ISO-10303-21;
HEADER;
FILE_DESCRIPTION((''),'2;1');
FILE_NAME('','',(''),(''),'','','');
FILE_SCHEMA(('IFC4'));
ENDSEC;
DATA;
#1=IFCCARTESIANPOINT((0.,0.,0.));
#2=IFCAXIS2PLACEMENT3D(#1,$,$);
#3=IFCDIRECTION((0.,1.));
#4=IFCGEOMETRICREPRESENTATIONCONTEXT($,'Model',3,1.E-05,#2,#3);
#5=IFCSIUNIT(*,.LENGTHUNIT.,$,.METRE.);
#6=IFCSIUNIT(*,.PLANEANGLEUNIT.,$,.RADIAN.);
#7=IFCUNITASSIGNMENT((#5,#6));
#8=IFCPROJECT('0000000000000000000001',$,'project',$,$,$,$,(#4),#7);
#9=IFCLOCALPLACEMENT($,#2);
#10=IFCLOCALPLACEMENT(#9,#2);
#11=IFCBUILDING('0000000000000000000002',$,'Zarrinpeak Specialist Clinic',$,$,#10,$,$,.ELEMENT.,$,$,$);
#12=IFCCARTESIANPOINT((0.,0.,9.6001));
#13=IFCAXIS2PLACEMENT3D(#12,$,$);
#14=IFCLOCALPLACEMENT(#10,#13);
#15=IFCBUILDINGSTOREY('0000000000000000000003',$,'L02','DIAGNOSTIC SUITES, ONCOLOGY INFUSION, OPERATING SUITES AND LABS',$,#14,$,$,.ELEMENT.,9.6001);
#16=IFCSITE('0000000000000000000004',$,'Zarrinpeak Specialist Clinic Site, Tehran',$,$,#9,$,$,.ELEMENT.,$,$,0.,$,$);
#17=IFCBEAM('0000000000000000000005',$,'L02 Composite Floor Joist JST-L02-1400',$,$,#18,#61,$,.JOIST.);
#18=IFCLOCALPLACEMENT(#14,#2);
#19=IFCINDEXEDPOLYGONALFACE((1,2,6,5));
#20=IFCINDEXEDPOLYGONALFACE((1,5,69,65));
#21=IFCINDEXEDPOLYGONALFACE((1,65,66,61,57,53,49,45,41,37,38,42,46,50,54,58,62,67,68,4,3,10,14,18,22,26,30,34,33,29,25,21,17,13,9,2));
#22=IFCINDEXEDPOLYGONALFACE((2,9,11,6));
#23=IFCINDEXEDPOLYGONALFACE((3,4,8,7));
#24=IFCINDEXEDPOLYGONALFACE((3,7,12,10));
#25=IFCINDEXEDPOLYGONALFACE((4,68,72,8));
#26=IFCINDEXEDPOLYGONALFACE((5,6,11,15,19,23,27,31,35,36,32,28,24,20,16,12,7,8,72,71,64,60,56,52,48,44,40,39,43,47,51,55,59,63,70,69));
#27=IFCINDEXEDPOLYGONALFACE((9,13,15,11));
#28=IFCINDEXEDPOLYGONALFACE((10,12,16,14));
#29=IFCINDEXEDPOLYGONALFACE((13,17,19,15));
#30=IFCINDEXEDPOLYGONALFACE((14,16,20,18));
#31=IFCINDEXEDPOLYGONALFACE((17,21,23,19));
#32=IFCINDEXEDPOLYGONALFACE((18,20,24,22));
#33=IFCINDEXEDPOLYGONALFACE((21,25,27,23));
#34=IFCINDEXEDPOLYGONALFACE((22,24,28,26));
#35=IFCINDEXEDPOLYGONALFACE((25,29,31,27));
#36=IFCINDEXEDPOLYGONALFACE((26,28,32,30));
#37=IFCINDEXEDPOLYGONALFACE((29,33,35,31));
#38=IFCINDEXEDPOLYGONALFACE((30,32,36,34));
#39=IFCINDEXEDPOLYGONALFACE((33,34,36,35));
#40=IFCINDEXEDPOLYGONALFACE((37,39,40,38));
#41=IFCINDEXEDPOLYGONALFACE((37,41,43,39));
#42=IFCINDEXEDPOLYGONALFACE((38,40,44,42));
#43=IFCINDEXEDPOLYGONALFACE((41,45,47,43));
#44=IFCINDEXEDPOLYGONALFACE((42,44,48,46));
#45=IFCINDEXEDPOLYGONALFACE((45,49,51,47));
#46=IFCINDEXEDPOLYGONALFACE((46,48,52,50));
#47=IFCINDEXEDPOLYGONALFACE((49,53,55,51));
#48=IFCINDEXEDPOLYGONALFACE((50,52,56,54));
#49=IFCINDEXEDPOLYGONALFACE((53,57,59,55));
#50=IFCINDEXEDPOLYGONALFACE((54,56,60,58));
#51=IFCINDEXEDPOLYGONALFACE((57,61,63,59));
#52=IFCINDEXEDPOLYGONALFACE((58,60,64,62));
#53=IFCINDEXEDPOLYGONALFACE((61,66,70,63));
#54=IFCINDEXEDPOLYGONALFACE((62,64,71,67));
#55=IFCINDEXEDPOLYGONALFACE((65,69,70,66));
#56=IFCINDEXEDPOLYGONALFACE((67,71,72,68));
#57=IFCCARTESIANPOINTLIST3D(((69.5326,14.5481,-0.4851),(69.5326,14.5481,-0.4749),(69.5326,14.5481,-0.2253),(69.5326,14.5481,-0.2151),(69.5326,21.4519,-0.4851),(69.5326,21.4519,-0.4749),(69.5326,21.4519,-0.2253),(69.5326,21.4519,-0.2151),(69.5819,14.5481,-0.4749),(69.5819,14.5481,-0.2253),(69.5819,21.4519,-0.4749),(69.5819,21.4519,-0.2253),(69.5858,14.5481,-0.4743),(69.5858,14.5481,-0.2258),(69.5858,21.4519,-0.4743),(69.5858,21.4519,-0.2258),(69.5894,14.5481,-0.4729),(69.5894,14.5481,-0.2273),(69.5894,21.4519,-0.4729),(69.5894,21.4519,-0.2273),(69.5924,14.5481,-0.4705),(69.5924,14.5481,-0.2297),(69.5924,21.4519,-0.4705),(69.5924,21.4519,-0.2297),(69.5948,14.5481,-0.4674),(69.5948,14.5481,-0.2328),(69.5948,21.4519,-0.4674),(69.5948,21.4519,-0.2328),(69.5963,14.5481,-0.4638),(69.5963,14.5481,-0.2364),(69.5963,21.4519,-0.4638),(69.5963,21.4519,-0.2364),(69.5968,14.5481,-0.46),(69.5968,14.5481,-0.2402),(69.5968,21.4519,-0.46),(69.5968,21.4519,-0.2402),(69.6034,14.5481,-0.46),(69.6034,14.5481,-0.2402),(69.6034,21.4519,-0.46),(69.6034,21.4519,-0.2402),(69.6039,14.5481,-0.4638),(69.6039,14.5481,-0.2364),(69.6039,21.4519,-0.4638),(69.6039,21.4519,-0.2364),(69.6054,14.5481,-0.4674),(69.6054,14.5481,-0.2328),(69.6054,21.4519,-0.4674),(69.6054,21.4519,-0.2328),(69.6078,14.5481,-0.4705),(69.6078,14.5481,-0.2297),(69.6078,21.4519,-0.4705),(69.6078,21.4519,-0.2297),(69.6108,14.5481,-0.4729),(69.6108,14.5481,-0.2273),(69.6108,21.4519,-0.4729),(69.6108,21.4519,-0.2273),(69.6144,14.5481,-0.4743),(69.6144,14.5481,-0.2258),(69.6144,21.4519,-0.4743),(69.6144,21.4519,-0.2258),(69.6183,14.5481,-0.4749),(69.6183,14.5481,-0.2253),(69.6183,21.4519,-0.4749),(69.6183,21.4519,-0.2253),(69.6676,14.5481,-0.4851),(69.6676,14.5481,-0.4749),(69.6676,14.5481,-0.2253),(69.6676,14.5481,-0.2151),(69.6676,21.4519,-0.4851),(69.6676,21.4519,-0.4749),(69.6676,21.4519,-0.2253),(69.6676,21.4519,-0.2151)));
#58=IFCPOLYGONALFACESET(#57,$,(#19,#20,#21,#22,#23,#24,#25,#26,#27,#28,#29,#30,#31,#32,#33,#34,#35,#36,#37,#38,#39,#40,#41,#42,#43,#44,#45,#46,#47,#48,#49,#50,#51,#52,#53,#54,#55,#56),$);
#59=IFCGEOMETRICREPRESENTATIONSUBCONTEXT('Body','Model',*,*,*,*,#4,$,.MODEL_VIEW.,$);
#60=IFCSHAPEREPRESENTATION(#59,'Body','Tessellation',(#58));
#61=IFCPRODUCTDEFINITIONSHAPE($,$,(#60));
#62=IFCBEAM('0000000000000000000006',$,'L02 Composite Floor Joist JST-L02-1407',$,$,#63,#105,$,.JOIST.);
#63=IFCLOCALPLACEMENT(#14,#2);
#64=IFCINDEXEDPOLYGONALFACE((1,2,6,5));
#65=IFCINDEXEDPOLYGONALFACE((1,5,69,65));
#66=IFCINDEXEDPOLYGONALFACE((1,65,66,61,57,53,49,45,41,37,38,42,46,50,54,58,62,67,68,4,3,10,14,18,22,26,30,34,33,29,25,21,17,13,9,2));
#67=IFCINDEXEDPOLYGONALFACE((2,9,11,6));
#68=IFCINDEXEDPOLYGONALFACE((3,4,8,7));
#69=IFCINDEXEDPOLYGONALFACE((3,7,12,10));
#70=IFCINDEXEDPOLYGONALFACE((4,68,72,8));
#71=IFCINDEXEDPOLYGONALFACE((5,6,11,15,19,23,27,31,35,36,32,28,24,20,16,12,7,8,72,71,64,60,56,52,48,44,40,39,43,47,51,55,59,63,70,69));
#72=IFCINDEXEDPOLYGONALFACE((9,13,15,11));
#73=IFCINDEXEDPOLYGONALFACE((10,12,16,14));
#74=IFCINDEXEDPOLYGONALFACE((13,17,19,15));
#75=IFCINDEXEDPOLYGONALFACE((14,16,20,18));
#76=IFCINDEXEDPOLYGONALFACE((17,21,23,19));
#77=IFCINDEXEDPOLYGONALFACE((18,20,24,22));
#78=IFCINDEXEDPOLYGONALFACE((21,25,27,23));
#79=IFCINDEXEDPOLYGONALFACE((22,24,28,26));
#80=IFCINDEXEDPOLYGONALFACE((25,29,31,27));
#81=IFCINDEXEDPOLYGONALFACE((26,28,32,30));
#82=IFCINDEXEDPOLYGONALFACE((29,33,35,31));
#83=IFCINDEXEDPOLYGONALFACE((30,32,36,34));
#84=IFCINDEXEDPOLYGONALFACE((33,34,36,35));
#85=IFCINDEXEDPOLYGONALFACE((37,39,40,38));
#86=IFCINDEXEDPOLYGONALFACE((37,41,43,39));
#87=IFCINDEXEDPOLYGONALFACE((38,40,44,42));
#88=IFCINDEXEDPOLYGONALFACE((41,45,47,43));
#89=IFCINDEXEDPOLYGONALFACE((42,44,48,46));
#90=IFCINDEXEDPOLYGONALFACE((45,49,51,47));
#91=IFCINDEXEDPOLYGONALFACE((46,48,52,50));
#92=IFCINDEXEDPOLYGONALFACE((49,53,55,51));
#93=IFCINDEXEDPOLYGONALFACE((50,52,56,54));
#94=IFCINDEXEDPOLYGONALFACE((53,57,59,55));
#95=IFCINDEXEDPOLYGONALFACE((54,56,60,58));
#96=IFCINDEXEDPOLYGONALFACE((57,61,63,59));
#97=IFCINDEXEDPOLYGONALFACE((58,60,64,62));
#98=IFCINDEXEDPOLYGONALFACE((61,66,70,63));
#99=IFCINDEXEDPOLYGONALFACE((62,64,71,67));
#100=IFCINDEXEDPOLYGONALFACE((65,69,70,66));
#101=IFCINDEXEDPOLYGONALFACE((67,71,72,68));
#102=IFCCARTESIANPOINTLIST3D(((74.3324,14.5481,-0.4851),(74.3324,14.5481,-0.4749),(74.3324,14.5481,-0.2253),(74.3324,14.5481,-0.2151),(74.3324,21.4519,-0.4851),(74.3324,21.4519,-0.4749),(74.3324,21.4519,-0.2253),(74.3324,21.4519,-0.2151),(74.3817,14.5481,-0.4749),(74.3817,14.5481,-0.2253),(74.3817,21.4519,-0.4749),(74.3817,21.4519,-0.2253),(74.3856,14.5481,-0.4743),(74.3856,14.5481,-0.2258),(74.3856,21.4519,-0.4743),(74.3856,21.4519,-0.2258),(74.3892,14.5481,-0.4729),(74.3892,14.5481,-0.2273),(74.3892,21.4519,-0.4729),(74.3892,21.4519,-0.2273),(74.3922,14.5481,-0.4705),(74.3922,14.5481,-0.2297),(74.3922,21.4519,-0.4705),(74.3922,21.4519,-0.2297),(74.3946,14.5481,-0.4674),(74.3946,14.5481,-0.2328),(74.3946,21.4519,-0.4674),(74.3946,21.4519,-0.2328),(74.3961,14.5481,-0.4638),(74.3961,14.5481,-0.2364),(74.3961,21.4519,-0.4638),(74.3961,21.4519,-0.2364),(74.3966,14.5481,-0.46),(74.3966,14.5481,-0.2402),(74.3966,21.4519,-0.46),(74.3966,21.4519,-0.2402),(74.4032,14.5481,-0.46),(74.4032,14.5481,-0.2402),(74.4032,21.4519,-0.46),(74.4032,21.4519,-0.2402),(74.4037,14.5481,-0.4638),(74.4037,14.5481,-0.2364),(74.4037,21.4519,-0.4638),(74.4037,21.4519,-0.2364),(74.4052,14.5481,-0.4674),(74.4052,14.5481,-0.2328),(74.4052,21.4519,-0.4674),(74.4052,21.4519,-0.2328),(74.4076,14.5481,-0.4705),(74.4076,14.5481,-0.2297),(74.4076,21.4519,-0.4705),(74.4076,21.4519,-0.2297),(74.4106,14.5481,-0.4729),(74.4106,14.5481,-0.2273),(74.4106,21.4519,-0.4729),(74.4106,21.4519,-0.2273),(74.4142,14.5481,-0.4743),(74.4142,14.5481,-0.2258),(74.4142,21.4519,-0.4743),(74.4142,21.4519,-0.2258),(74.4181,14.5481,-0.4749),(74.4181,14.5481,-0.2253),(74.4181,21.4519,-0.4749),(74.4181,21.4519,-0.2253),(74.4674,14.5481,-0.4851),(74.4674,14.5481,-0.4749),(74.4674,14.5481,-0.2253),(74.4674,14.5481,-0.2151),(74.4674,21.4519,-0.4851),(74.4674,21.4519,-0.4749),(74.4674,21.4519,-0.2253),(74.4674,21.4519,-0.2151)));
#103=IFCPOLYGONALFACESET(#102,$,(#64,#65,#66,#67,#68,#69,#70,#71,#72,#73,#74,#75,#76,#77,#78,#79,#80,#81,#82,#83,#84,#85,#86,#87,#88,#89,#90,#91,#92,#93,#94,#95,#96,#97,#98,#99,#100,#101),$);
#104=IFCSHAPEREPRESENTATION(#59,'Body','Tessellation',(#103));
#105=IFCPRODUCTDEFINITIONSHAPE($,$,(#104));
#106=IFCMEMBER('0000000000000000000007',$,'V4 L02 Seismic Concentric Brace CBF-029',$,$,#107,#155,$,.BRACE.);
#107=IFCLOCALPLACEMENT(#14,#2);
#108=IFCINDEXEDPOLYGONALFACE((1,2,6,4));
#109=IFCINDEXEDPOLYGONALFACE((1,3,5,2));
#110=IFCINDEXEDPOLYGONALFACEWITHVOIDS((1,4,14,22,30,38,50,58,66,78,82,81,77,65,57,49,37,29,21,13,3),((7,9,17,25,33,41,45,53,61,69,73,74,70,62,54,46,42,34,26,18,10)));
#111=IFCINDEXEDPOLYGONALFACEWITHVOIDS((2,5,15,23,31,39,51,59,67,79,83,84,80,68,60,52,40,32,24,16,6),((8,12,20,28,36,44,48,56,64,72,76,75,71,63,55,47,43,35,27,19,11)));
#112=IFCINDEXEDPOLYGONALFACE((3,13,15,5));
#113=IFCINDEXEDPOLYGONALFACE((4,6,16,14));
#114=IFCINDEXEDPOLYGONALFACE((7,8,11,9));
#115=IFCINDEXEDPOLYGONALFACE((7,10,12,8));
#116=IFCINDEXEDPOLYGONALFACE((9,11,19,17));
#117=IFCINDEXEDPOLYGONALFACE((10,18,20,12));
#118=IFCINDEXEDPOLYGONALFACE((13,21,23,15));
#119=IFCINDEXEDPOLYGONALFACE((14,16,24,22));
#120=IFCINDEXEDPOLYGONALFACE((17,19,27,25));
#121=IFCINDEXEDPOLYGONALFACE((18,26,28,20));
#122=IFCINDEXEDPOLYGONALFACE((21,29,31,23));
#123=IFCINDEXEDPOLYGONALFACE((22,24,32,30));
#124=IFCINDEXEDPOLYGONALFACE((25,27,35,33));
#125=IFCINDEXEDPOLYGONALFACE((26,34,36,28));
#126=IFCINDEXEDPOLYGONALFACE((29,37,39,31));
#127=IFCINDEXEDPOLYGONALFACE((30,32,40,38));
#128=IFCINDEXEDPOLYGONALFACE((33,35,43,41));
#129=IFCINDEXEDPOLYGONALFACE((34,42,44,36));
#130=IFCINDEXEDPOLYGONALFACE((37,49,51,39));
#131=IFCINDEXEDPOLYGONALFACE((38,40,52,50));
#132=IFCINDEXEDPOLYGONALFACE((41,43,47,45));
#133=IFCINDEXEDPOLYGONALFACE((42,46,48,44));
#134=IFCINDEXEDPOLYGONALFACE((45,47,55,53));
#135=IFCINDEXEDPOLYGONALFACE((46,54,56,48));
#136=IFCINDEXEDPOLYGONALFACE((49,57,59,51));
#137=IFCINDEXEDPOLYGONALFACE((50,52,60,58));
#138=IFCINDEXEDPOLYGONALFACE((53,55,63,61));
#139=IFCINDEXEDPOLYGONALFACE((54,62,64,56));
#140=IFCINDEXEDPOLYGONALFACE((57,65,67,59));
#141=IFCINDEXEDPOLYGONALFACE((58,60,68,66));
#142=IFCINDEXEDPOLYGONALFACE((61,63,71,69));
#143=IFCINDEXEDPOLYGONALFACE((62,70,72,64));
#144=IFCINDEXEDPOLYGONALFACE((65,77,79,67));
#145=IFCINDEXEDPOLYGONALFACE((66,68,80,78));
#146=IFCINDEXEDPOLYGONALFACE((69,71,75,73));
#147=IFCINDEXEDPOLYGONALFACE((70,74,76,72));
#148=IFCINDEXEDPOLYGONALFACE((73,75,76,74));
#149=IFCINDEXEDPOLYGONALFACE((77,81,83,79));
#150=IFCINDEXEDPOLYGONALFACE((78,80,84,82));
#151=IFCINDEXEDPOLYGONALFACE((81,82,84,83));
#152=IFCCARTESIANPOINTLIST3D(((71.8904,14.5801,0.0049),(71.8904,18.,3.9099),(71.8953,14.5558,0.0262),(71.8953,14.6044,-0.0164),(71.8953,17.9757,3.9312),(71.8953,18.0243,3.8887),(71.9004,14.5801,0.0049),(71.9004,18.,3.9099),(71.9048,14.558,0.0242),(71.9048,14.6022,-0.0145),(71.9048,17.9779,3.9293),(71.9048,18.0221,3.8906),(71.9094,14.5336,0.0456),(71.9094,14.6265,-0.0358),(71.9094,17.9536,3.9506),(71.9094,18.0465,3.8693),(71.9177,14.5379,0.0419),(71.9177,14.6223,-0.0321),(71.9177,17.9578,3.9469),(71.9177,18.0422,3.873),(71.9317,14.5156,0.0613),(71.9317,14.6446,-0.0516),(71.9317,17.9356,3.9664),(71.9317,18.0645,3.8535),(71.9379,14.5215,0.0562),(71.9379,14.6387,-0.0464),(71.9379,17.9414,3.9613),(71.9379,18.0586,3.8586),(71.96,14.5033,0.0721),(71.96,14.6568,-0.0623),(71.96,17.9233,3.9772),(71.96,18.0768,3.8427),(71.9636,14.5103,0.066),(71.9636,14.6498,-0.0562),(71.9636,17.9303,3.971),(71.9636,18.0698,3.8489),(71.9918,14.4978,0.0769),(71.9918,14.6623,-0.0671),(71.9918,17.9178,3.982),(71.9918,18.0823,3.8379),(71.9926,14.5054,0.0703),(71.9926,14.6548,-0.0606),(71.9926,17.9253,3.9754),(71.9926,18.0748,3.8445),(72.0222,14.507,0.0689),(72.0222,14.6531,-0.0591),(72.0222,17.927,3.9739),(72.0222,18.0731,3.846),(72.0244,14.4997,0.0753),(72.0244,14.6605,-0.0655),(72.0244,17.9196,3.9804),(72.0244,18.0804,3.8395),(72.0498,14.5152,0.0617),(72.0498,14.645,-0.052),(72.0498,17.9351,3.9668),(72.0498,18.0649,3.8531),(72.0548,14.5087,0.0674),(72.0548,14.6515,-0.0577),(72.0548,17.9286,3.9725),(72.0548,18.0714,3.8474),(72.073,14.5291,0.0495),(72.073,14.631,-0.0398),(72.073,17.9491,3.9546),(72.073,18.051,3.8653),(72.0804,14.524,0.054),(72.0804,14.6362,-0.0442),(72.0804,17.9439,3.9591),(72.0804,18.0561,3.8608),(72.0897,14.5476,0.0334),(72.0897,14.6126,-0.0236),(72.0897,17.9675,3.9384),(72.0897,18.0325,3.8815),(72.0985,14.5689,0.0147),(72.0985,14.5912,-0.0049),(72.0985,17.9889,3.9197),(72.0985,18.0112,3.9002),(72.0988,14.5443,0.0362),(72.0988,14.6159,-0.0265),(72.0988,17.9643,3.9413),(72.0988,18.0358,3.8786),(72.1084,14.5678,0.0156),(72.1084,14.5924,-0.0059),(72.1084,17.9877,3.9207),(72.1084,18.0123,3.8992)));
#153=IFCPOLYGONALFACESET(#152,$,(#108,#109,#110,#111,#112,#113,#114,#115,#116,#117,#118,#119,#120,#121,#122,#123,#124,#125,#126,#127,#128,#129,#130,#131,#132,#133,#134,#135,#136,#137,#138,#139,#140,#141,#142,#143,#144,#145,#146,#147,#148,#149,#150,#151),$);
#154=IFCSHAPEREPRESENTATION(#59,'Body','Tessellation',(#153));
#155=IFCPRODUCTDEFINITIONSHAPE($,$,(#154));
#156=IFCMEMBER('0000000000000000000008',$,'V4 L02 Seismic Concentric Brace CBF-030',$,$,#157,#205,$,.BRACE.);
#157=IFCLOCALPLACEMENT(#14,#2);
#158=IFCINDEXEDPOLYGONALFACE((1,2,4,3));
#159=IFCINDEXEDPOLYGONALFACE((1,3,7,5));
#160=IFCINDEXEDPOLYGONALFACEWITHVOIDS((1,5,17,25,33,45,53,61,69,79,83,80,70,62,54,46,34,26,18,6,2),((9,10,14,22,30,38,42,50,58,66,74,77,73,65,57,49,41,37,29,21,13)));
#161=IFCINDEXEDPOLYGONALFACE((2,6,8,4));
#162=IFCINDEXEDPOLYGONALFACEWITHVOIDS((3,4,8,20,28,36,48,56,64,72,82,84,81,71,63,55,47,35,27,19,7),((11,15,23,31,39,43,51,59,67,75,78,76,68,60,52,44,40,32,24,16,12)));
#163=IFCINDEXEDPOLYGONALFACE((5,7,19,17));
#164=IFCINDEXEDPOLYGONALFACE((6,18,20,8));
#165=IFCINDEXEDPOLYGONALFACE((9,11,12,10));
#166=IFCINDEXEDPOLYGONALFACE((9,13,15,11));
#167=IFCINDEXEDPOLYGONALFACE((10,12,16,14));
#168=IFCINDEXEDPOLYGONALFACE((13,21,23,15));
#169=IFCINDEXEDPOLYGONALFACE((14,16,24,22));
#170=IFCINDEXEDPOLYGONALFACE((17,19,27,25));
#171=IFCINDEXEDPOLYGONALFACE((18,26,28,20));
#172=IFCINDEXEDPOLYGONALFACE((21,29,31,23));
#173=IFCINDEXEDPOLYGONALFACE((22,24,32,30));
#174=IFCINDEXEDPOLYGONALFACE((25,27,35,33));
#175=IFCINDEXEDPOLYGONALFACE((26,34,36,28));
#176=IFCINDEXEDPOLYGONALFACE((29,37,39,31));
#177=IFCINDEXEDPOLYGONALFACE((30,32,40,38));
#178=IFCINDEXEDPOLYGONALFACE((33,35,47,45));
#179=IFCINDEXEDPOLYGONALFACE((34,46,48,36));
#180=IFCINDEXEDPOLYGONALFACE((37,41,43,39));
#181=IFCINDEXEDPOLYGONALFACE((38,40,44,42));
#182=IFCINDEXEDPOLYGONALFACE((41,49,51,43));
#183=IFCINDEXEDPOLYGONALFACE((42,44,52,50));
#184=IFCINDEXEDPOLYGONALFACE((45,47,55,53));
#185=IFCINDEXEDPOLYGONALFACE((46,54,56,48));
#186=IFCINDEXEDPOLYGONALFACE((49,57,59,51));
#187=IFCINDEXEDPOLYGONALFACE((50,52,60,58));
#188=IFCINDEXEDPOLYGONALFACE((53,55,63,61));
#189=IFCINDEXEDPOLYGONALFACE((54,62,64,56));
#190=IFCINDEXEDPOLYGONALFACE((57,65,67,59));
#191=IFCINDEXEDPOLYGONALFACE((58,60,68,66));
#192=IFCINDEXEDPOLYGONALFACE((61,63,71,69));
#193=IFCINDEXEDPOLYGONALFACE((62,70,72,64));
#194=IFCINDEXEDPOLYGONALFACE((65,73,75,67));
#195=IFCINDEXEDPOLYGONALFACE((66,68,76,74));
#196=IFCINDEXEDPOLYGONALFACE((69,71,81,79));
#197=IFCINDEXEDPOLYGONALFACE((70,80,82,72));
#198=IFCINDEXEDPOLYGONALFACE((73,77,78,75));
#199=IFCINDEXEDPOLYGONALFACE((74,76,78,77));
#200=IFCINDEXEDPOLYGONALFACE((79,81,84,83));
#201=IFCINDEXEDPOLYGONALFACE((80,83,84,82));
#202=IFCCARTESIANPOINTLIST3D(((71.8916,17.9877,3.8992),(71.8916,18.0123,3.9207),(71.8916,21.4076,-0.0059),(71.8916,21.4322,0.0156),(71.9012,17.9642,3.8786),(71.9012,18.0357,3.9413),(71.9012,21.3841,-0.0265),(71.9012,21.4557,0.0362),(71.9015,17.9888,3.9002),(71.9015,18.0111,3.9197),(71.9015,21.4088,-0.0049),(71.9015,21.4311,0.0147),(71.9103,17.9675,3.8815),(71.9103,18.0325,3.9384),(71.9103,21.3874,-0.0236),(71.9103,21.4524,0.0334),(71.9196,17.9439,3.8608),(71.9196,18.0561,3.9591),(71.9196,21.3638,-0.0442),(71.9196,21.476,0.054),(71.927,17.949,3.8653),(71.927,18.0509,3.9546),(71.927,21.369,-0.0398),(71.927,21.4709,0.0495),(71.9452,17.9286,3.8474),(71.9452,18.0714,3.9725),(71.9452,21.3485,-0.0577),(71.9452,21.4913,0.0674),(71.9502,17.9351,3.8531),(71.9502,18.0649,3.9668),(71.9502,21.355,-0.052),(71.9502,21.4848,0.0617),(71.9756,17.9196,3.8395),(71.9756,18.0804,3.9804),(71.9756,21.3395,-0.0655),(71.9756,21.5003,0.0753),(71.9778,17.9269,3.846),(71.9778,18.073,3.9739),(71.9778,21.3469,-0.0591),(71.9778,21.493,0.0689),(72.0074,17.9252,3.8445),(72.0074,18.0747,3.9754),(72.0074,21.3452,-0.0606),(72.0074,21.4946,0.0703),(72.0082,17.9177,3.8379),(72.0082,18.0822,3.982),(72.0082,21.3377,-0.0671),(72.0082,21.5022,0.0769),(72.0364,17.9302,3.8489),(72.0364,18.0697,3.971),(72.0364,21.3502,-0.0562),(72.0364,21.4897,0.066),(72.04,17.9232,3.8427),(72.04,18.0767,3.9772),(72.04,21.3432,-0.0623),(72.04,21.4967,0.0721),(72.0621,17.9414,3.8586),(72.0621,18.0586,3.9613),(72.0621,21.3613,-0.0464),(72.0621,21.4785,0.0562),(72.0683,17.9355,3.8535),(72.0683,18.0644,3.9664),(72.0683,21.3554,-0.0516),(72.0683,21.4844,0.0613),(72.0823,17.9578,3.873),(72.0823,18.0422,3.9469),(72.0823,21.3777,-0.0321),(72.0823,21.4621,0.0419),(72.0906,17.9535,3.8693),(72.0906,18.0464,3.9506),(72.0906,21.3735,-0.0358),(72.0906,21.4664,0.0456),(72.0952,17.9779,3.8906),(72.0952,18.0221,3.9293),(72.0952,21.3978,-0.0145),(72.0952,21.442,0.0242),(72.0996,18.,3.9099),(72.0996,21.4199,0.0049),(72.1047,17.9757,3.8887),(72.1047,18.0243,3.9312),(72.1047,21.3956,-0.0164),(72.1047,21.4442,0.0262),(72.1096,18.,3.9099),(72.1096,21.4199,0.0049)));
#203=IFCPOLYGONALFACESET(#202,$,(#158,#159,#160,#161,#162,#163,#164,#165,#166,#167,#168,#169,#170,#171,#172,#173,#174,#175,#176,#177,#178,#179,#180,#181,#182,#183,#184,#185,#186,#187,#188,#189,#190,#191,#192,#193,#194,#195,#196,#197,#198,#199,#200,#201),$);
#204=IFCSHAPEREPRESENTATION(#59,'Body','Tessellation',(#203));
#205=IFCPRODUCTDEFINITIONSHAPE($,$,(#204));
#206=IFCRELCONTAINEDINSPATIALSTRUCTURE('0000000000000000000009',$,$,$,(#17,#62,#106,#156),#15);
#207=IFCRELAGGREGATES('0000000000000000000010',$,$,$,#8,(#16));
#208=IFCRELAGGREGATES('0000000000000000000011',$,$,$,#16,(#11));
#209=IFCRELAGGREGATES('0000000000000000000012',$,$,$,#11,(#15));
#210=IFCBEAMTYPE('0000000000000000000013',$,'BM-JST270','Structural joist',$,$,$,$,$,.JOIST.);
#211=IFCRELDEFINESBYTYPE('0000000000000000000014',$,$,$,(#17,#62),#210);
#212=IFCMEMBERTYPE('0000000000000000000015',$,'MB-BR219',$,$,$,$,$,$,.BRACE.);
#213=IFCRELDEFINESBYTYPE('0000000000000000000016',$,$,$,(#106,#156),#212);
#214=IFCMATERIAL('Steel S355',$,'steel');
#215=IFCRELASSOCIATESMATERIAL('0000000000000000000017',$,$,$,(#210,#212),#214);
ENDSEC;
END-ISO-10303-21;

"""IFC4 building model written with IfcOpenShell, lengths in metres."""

from ifc_helpers import new_model, si_unit, direction, frame, origin, origin_2d, place, context, subcontext, project, spatial, hollow_circle, i_section, extrude, material, material_profile, profile_set, type_object, element, save


model = new_model("IFC4")

# Units and contexts
model_context = context("Model", 3, precision=1e-05, world=origin(), true_north=direction((0.0, 1.0)))
body_context = subcontext(model_context, "Body", "Model", "MODEL_VIEW")
ifc_project = project(units=[si_unit("LENGTHUNIT", "METRE"), si_unit("PLANEANGLEUNIT", "RADIAN")], contexts=[model_context])

# Site, building, storey
site_placement = place(None, origin())
site = spatial("IfcSite", under=ifc_project, at=site_placement, Name="Zarrinpeak Specialist Clinic Site, Tehran", CompositionType="ELEMENT", RefElevation=0.0)
building_placement = place(site_placement, origin())
building = spatial("IfcBuilding", under=site, at=building_placement, Name="Zarrinpeak Specialist Clinic", CompositionType="ELEMENT")
storey_placement = place(building_placement, frame((0.0, 0.0, 9.6001)))
storey = spatial("IfcBuildingStorey", under=building, at=storey_placement, Name="L02", Description="DIAGNOSTIC SUITES, ONCOLOGY INFUSION, OPERATING SUITES AND LABS", CompositionType="ELEMENT", Elevation=9.6001)

# Shared definitions
ifc_material_1 = material(Name="Steel S355", Category="steel")

# Beams
ifc_material_profile_1 = material_profile(ifc_material_1, i_section(OverallWidth=0.135, OverallDepth=0.27, WebThickness=0.0066, FlangeThickness=0.0103, FilletRadius=0.0149, at=origin_2d()), Name="IPE 270")
ifc_profile_set_1 = profile_set([ifc_material_profile_1], Name="Steel S355")
beam_type_1 = type_object("IfcBeamType", Name="BM-JST270", Description="Structural joist", PredefinedType="JOIST", material=ifc_profile_set_1)
for number, where, z_axis, x_axis, name in (
    (1, (69.6001, 14.5481, -0.3501), (0.0, 1.0, 0.0), (-1.0, 0.0, 0.0), "L02 Composite Floor Joist JST-L02-1400"),
    (2, (74.3999, 14.5481, -0.3501), (0.0, 1.0, 0.0), (-1.0, 0.0, 0.0), "L02 Composite Floor Joist JST-L02-1407"),
):
    element("IfcBeam", number, at=place(storey_placement, frame(where, z_axis=z_axis, x_axis=x_axis)), inside=storey, type_object=beam_type_1, Name=name, PredefinedType="JOIST", context=body_context, shape_type="SweptSolid", body=[
        extrude(i_section(OverallWidth=0.135, OverallDepth=0.27, WebThickness=0.0066, FlangeThickness=0.0103, FilletRadius=0.0149, at=origin_2d()), origin(), (0.0, 0.0, 1.0), 6.9038),
    ])

# Members
ifc_material_profile_2 = material_profile(ifc_material_1, hollow_circle(Radius=0.1096, WallThickness=0.01, at=origin_2d()), Name="CHS 219.1x10.0")
ifc_profile_set_2 = profile_set([ifc_material_profile_2], Name="Steel S355")
member_type = type_object("IfcMemberType", Name="MB-BR219", PredefinedType="BRACE", material=ifc_profile_set_2)
for number, where, z_axis, x_axis, name in (
    (3, (72.0, 14.5801, 0.0049), (0.0, 0.658834, 0.752288), (-1.0, 0.0, 0.0), "V4 L02 Seismic Concentric Brace CBF-029"),
    (4, (72.0, 21.4199, 0.0049), (0.0, -0.658834, 0.752288), (1.0, 0.0, 0.0), "V4 L02 Seismic Concentric Brace CBF-030"),
):
    element("IfcMember", number, at=place(storey_placement, frame(where, z_axis=z_axis, x_axis=x_axis)), inside=storey, type_object=member_type, Name=name, PredefinedType="BRACE", context=body_context, shape_type="SweptSolid", body=[
        extrude(hollow_circle(Radius=0.1096, WallThickness=0.01, at=origin_2d()), origin(), (0.0, 0.0, 1.0), 5.1909),
    ])

save(model, "model.ifc")
